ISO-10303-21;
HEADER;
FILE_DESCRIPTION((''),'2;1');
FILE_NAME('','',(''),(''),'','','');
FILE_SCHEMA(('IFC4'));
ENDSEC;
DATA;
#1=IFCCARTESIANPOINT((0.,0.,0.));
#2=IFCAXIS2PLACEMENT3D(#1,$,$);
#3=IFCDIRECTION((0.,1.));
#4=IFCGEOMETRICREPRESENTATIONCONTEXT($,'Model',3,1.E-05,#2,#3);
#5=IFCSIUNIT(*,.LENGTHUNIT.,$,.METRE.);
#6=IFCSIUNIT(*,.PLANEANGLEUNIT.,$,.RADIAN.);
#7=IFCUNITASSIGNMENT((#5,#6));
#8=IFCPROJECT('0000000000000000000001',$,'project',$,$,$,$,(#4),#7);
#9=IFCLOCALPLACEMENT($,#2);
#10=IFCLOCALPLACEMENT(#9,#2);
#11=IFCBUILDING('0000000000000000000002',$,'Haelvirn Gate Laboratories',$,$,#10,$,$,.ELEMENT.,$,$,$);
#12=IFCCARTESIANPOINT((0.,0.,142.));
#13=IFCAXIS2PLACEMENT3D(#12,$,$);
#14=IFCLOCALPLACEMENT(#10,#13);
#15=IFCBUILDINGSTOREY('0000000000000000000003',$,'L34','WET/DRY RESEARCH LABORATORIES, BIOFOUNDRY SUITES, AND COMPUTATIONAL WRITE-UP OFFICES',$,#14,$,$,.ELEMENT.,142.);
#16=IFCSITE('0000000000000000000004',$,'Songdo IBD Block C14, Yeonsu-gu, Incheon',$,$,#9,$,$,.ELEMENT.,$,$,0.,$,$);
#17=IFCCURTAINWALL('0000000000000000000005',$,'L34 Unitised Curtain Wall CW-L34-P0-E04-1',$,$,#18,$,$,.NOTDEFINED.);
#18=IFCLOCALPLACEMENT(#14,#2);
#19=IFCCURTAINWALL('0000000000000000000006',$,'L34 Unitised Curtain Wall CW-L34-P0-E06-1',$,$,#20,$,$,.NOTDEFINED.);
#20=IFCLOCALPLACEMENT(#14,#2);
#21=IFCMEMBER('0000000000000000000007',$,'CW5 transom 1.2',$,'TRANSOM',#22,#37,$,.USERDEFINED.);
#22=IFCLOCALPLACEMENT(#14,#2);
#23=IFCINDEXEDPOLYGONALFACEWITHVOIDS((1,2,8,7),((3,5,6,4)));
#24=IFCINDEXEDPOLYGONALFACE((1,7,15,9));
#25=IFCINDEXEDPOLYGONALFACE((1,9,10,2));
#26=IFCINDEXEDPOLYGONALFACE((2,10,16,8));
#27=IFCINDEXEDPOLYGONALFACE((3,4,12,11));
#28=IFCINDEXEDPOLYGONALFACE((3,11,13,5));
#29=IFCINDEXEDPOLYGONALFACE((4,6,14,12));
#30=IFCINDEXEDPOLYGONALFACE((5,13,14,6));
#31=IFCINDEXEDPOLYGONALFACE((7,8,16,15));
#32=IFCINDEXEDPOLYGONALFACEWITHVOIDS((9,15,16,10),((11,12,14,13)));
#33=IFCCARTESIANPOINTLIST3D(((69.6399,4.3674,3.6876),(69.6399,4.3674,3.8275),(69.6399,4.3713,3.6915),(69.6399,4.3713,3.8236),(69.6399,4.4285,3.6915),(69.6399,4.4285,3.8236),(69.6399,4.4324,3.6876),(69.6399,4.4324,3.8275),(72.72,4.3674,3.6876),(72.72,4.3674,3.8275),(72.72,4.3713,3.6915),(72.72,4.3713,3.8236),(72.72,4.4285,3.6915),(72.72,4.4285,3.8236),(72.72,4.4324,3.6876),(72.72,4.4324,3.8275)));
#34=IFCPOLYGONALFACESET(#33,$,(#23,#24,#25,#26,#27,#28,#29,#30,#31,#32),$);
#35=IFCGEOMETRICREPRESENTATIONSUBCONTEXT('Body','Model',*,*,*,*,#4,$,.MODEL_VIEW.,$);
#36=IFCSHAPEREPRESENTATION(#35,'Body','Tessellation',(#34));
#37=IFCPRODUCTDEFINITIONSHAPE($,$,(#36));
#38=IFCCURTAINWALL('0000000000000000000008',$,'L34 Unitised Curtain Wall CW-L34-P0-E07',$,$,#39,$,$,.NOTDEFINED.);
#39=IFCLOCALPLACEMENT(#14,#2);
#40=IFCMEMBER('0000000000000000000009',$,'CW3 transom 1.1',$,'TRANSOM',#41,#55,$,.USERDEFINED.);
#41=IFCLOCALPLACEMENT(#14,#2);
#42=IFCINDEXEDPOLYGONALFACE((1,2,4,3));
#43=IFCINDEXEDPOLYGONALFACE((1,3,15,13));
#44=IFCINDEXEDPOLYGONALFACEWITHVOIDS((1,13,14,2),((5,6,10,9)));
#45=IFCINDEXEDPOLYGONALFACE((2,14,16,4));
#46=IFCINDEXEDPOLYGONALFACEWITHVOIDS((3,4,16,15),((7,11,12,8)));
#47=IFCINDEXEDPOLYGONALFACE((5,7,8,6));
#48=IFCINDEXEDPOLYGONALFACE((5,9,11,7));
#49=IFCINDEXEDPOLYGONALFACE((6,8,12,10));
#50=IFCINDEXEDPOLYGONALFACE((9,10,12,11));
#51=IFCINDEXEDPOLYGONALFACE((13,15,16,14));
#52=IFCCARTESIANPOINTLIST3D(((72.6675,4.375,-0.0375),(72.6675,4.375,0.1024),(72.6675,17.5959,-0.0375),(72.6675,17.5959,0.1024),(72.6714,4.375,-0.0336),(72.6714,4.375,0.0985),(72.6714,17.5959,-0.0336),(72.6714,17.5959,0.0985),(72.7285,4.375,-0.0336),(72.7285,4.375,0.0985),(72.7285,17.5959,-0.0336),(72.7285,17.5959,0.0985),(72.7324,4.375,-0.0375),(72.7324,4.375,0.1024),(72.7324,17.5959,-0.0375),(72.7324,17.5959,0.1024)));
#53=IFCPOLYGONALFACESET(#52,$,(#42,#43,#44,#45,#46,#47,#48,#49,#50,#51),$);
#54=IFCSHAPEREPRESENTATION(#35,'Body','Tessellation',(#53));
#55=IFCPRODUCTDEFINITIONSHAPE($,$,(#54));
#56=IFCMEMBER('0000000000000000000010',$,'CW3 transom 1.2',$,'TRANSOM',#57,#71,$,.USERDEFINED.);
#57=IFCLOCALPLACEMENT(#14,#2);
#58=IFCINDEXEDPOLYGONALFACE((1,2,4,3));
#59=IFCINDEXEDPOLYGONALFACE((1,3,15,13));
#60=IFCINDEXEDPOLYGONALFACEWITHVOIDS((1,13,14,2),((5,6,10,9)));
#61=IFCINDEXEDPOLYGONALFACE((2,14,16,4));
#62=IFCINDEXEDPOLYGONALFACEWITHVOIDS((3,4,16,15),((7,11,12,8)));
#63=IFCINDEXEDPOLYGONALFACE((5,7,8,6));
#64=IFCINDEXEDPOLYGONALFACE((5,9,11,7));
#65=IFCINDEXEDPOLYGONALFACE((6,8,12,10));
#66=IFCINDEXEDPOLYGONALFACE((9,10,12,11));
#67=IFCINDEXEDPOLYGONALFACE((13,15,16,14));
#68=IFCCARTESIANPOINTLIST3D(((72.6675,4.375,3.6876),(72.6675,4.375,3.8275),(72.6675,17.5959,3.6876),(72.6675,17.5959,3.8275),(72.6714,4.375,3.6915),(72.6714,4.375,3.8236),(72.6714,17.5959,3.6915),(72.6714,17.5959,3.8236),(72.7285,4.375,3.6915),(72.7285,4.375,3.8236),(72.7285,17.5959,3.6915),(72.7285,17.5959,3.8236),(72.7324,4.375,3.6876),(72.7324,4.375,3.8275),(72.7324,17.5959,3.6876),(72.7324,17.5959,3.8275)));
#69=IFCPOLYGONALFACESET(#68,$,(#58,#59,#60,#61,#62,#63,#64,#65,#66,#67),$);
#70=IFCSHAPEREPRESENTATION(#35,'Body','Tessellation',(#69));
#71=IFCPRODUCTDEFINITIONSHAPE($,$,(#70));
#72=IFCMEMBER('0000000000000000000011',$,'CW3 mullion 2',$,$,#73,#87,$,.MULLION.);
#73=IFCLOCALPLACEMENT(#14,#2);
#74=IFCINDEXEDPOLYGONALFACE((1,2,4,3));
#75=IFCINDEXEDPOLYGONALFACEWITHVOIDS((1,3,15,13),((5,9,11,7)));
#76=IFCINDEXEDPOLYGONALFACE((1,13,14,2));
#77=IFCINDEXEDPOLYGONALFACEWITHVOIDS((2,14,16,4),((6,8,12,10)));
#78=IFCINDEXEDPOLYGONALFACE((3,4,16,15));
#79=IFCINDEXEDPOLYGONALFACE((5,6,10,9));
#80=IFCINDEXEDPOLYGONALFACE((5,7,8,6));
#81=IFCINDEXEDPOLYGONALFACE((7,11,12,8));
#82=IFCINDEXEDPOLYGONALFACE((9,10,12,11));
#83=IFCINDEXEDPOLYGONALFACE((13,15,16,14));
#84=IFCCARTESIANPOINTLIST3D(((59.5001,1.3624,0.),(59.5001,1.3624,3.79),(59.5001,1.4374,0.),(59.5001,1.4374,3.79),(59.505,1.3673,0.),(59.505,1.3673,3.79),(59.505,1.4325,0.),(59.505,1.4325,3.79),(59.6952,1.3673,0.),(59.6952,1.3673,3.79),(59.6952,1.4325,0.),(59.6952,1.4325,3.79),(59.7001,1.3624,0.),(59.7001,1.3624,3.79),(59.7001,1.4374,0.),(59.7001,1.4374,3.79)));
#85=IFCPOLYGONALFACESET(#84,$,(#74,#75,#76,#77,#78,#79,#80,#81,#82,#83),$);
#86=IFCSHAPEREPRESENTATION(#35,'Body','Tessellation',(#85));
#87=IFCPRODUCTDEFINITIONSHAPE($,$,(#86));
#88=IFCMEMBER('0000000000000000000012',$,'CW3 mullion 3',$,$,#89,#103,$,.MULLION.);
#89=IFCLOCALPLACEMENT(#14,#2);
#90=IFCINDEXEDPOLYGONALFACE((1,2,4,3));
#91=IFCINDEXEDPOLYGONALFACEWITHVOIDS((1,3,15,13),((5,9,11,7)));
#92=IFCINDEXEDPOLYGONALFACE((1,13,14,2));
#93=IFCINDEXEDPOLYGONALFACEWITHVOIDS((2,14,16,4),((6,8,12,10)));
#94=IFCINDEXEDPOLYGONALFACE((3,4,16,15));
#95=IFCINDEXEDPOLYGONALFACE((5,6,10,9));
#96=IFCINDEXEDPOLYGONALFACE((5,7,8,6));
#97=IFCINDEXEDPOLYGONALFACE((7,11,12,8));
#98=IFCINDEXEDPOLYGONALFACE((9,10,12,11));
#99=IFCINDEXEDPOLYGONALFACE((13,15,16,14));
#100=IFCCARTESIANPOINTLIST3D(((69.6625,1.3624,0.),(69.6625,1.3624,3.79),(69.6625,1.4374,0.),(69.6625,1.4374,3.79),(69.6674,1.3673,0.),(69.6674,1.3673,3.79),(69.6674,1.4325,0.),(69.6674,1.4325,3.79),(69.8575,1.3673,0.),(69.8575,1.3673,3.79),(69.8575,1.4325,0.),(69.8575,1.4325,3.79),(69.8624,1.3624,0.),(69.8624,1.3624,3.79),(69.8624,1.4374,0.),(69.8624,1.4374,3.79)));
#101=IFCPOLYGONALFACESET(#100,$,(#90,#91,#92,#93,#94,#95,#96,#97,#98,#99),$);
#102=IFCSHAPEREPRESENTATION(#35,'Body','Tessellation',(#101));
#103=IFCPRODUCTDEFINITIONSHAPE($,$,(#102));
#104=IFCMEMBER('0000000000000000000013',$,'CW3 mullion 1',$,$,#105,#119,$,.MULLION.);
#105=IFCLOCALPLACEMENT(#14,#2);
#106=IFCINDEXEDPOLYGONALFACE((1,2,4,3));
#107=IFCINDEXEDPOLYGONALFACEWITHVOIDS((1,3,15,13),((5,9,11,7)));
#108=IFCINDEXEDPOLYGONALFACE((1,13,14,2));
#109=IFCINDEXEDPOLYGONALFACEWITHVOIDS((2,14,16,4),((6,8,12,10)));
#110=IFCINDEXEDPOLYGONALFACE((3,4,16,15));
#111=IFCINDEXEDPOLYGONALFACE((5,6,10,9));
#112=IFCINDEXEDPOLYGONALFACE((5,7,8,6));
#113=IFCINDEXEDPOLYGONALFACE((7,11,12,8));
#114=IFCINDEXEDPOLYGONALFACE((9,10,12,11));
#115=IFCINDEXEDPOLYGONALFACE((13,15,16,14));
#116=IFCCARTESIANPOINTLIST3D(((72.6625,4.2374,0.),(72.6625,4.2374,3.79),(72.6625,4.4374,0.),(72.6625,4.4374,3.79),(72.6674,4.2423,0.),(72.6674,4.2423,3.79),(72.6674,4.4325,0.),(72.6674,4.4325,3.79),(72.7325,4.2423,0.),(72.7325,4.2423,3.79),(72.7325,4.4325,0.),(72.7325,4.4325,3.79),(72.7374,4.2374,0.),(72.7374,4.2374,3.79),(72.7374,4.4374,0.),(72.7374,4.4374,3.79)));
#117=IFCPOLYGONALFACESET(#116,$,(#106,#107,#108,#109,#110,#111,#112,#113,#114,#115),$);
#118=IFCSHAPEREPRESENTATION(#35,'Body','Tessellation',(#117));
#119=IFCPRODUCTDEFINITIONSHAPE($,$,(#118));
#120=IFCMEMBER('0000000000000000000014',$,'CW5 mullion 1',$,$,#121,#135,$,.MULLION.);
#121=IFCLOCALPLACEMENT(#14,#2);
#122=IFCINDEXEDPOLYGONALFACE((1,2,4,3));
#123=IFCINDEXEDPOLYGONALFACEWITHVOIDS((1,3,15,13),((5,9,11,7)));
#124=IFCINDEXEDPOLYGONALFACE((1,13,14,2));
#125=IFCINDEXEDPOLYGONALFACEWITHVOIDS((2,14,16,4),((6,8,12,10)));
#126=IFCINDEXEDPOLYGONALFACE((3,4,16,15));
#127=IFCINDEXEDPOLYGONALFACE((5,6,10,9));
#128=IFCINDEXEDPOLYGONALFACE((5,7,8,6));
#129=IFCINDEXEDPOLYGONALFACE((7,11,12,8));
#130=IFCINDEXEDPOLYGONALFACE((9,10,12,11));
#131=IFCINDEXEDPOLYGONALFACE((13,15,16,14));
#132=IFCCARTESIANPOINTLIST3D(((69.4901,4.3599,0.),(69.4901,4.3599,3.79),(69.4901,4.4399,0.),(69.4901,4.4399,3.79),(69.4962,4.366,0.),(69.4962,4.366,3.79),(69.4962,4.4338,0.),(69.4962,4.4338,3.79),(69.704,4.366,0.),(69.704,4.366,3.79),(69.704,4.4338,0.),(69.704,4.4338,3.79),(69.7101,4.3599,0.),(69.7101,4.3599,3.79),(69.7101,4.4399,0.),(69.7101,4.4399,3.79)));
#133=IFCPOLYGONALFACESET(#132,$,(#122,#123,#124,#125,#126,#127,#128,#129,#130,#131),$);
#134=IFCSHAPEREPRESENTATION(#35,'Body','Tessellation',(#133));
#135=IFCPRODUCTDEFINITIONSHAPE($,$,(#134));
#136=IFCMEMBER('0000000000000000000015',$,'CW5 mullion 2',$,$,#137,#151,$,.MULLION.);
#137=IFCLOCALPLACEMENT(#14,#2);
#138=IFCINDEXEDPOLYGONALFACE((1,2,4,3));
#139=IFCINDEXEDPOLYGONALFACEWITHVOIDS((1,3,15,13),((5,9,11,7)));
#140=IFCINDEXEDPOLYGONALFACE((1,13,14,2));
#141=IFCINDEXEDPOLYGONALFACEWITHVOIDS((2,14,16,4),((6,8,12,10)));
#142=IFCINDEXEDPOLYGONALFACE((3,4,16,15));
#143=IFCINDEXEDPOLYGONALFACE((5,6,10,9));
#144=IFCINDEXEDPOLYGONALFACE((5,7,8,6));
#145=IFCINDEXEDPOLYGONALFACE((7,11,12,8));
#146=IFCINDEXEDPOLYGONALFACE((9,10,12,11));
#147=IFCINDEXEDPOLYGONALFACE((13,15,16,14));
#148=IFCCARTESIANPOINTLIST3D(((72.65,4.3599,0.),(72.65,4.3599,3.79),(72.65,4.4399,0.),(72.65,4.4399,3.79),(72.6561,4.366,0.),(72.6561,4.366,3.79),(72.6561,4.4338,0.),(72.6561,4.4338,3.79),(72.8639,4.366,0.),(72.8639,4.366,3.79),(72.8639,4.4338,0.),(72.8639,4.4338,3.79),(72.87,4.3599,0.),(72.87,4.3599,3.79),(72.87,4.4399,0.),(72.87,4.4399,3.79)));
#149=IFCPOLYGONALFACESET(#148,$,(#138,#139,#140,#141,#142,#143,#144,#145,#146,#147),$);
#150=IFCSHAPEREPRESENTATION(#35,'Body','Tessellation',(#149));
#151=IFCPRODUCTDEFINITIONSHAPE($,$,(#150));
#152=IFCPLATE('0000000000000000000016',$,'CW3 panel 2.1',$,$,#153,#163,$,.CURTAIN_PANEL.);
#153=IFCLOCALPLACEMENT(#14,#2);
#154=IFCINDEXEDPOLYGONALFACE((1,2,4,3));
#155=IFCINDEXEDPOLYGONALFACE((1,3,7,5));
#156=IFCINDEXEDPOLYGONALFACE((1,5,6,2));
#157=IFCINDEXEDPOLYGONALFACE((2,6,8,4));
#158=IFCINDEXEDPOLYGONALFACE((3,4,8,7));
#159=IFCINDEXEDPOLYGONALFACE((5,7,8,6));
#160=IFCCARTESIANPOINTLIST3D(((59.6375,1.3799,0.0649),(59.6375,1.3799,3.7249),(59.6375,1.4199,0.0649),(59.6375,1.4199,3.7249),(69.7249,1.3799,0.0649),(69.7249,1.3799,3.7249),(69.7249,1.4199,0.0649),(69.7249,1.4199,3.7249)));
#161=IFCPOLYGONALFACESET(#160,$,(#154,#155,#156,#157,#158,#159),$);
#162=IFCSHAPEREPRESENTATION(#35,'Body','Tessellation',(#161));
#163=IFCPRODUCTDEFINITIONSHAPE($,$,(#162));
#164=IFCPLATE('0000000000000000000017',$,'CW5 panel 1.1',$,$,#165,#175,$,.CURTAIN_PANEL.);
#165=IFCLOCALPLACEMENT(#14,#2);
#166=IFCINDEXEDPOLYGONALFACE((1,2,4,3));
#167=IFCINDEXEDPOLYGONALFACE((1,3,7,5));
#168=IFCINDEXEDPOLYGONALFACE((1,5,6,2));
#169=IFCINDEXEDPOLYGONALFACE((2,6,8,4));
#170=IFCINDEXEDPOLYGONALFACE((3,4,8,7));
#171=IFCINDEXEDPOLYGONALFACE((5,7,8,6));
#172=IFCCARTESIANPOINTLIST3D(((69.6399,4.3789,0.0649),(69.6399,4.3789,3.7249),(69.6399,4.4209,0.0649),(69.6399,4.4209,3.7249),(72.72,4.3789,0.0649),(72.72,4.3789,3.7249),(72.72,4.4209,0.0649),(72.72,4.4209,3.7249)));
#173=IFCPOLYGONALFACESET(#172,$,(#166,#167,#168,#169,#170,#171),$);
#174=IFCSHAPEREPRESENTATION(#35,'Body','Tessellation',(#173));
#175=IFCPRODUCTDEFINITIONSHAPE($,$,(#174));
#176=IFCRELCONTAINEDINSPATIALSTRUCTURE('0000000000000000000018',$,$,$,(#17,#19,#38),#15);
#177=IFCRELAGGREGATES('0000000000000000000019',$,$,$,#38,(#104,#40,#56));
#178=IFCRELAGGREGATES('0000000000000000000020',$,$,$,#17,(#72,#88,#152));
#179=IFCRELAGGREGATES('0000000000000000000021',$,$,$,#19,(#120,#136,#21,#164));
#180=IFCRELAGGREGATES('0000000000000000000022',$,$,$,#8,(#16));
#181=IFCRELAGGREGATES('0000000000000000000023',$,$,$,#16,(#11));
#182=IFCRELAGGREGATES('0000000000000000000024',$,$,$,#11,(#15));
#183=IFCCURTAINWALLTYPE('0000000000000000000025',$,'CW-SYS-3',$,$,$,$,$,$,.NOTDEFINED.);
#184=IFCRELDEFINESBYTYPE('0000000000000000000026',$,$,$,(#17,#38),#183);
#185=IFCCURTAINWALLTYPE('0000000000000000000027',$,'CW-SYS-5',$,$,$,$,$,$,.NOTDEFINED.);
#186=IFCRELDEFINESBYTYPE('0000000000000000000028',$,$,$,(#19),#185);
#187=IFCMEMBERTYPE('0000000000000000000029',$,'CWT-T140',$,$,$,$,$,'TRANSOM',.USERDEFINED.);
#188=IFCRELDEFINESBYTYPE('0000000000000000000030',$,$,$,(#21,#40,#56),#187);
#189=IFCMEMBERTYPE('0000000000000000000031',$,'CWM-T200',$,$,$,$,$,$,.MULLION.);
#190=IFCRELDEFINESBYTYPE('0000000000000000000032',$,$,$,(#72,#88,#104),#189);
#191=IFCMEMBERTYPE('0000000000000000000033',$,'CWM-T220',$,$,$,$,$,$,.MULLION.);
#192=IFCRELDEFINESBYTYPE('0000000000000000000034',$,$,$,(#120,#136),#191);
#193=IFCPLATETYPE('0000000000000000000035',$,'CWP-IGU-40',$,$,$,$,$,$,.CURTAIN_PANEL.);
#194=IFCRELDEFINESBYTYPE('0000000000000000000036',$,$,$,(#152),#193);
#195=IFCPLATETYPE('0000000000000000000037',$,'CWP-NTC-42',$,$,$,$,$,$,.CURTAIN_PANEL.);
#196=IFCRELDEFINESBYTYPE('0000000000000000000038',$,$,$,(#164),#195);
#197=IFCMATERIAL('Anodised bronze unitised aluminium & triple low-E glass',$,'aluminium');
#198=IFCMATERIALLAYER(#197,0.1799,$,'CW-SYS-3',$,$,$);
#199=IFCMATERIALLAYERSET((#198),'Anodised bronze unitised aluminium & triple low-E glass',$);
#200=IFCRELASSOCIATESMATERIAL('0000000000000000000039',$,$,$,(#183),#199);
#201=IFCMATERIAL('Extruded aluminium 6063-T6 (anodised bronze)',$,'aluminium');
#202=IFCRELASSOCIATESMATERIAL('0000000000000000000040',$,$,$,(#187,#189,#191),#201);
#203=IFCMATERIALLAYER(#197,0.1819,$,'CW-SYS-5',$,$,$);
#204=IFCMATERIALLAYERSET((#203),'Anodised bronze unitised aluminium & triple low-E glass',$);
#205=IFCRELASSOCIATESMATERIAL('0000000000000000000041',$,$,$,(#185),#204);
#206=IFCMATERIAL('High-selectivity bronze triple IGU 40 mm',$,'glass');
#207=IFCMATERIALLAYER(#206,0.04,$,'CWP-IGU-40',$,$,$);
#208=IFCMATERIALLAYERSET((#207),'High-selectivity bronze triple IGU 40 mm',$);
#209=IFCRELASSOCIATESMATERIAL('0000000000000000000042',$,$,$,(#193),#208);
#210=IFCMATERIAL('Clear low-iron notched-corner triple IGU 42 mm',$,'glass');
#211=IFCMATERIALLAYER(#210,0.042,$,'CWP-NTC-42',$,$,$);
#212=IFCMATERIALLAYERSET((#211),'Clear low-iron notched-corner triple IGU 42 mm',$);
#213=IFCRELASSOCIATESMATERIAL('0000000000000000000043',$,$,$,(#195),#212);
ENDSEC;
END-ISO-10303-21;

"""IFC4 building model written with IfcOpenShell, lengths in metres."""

from ifc_helpers import new_model, si_unit, direction, frame, origin, origin_2d, place, context, subcontext, project, spatial, rectangle, hollow_rectangle, extrude, source, transform, mapped, material, layer, layer_set, material_profile, profile_set, type_object, type_shapes, element, aggregate, save


model = new_model("IFC4")

# Units and contexts
model_context = context("Model", 3, precision=1e-05, world=origin(), true_north=direction((0.0, 1.0)))
body_context = subcontext(model_context, "Body", "Model", "MODEL_VIEW")
ifc_project = project(units=[si_unit("LENGTHUNIT", "METRE"), si_unit("PLANEANGLEUNIT", "RADIAN")], contexts=[model_context])

# Site, building, storey
site_placement = place(None, origin())
site = spatial("IfcSite", under=ifc_project, at=site_placement, Name="Songdo IBD Block C14, Yeonsu-gu, Incheon", CompositionType="ELEMENT", RefElevation=0.0)
building_placement = place(site_placement, origin())
building = spatial("IfcBuilding", under=site, at=building_placement, Name="Haelvirn Gate Laboratories", CompositionType="ELEMENT")
storey_placement = place(building_placement, frame((0.0, 0.0, 142.0)))
storey = spatial("IfcBuildingStorey", under=building, at=storey_placement, Name="L34", Description="WET/DRY RESEARCH LABORATORIES, BIOFOUNDRY SUITES, AND COMPUTATIONAL WRITE-UP OFFICES", CompositionType="ELEMENT", Elevation=142.0)

# Curtain walls, members
ifc_material_1 = material(Name="Anodised bronze unitised aluminium & triple low-E glass", Category="aluminium")
ifc_layer_1 = layer(ifc_material_1, 0.1799, Name="CW-SYS-3")
ifc_layer_set_1 = layer_set([ifc_layer_1], Name="Anodised bronze unitised aluminium & triple low-E glass")
curtain_wall_type_1 = type_object("IfcCurtainWallType", Name="CW-SYS-3", PredefinedType="NOTDEFINED", material=ifc_layer_set_1)
curtain_wall_1_placement = place(storey_placement, origin())
curtain_wall_1 = element("IfcCurtainWall", 1, at=curtain_wall_1_placement, inside=storey, type_object=curtain_wall_type_1, Name="L34 Unitised Curtain Wall CW-L34-P0-E04-1", PredefinedType="NOTDEFINED")
ifc_material_2 = material(Name="Extruded aluminium 6063-T6 (anodised bronze)", Category="aluminium")
ifc_material_profile_1 = material_profile(ifc_material_2, hollow_rectangle(XDim=0.0649, YDim=0.1399, WallThickness=0.0039, at=origin_2d()), Name="CWT-140x65x4")
ifc_profile_set_1 = profile_set([ifc_material_profile_1], Name="Extruded aluminium 6063-T6 (anodised bronze)")
member_type_1 = type_object("IfcMemberType", Name="CWT-T140", ElementType="TRANSOM", PredefinedType="USERDEFINED", material=ifc_profile_set_1)
ifc_layer_2 = layer(ifc_material_1, 0.1819, Name="CW-SYS-5")
ifc_layer_set_2 = layer_set([ifc_layer_2], Name="Anodised bronze unitised aluminium & triple low-E glass")
curtain_wall_type_2 = type_object("IfcCurtainWallType", Name="CW-SYS-5", PredefinedType="NOTDEFINED", material=ifc_layer_set_2)
curtain_wall_2_placement = place(storey_placement, origin())
curtain_wall_2 = element("IfcCurtainWall", 2, at=curtain_wall_2_placement, inside=storey, type_object=curtain_wall_type_2, Name="L34 Unitised Curtain Wall CW-L34-P0-E06-1", PredefinedType="NOTDEFINED")
shared_shape_1 = source(origin(), body_context, "Body", "SweptSolid", [
    extrude(hollow_rectangle(XDim=0.0649, YDim=0.1399, WallThickness=0.0039, at=origin_2d()), origin(), (0.0, 0.0, 1.0), 3.0801),
])
member_1_placement = place(storey_placement, frame((69.6399, 4.3999, 3.7576), z_axis=(1.0, 0.0, 0.0), x_axis=(0.0, 1.0, 0.0)))
member_1 = element("IfcMember", 3, at=member_1_placement, type_object=member_type_1, Name="CW5 transom 1.2", ObjectType="TRANSOM", PredefinedType="USERDEFINED", context=body_context, shape_type="MappedRepresentation", body=[
    mapped(shared_shape_1, transform((0.0, 0.0, 0.0), scale=1.0)),
])
curtain_wall_3_placement = place(storey_placement, origin())
curtain_wall_3 = element("IfcCurtainWall", 4, at=curtain_wall_3_placement, inside=storey, type_object=curtain_wall_type_1, Name="L34 Unitised Curtain Wall CW-L34-P0-E07", PredefinedType="NOTDEFINED")
shared_shape_2 = source(origin(), body_context, "Body", "SweptSolid", [
    extrude(hollow_rectangle(XDim=0.0649, YDim=0.1399, WallThickness=0.0039, at=origin_2d()), origin(), (0.0, 0.0, 1.0), 13.2209),
])
member_2_placement = place(storey_placement, frame((72.7, 4.375, 0.0325), z_axis=(0.0, 1.0, 0.0), x_axis=(-1.0, 0.0, 0.0)))
member_2 = element("IfcMember", 5, at=member_2_placement, type_object=member_type_1, Name="CW3 transom 1.1", ObjectType="TRANSOM", PredefinedType="USERDEFINED", context=body_context, shape_type="MappedRepresentation", body=[
    mapped(shared_shape_2, transform((0.0, 0.0, 0.0), scale=1.0)),
])
member_3_placement = place(storey_placement, frame((72.7, 4.375, 3.7576), z_axis=(0.0, 1.0, 0.0), x_axis=(-1.0, 0.0, 0.0)))
member_3 = element("IfcMember", 6, at=member_3_placement, type_object=member_type_1, Name="CW3 transom 1.2", ObjectType="TRANSOM", PredefinedType="USERDEFINED", context=body_context, shape_type="MappedRepresentation", body=[
    mapped(shared_shape_2, transform((0.0, 0.0, 0.0), scale=1.0)),
])

# Members
ifc_material_profile_2 = material_profile(ifc_material_2, hollow_rectangle(XDim=0.075, YDim=0.2, WallThickness=0.0049, at=origin_2d()), Name="CWM-200x75x5")
ifc_profile_set_2 = profile_set([ifc_material_profile_2], Name="Extruded aluminium 6063-T6 (anodised bronze)")
member_type_2 = type_object("IfcMemberType", Name="CWM-T200", PredefinedType="MULLION", material=ifc_profile_set_2)
shared_shape_3 = source(origin(), body_context, "Body", "SweptSolid", [
    extrude(hollow_rectangle(XDim=0.075, YDim=0.2, WallThickness=0.0049, at=origin_2d()), origin(), (0.0, 0.0, 1.0), 3.79),
])
type_shapes(member_type_2, [shared_shape_3])
member_4_placement = place(storey_placement, frame((59.6001, 1.3999, 0.0), z_axis=(0.0, 0.0, 1.0), x_axis=(0.0, 1.0, 0.0)))
member_4 = element("IfcMember", 7, at=member_4_placement, type_object=member_type_2, Name="CW3 mullion 2", PredefinedType="MULLION", context=body_context, shape_type="MappedRepresentation", body=[
    mapped(shared_shape_3, transform((0.0, 0.0, 0.0), scale=1.0)),
])
member_5_placement = place(storey_placement, frame((69.7625, 1.3999, 0.0), z_axis=(0.0, 0.0, 1.0), x_axis=(0.0, 1.0, 0.0)))
member_5 = element("IfcMember", 8, at=member_5_placement, type_object=member_type_2, Name="CW3 mullion 3", PredefinedType="MULLION", context=body_context, shape_type="MappedRepresentation", body=[
    mapped(shared_shape_3, transform((0.0, 0.0, 0.0), scale=1.0)),
])
member_6_placement = place(storey_placement, frame((72.7, 4.3374, 0.0), z_axis=(0.0, 0.0, 1.0), x_axis=(-1.0, 0.0, 0.0)))
member_6 = element("IfcMember", 9, at=member_6_placement, type_object=member_type_2, Name="CW3 mullion 1", PredefinedType="MULLION", context=body_context, shape_type="MappedRepresentation", body=[
    mapped(shared_shape_3, transform((0.0, 0.0, 0.0), scale=1.0)),
])
aggregate(curtain_wall_3, [member_6, member_2, member_3])
ifc_material_profile_3 = material_profile(ifc_material_2, hollow_rectangle(XDim=0.0801, YDim=0.22, WallThickness=0.0061, at=origin_2d()), Name="CWM-220x80x6")
ifc_profile_set_3 = profile_set([ifc_material_profile_3], Name="Extruded aluminium 6063-T6 (anodised bronze)")
member_type_3 = type_object("IfcMemberType", Name="CWM-T220", PredefinedType="MULLION", material=ifc_profile_set_3)
shared_shape_4 = source(origin(), body_context, "Body", "SweptSolid", [
    extrude(hollow_rectangle(XDim=0.0801, YDim=0.22, WallThickness=0.0061, at=origin_2d()), origin(), (0.0, 0.0, 1.0), 3.79),
])
type_shapes(member_type_3, [shared_shape_4])
member_7_placement = place(storey_placement, frame((69.6001, 4.3999, 0.0), z_axis=(0.0, 0.0, 1.0), x_axis=(0.0, 1.0, 0.0)))
member_7 = element("IfcMember", 10, at=member_7_placement, type_object=member_type_3, Name="CW5 mullion 1", PredefinedType="MULLION", context=body_context, shape_type="MappedRepresentation", body=[
    mapped(shared_shape_4, transform((0.0, 0.0, 0.0), scale=1.0)),
])
member_8_placement = place(storey_placement, frame((72.76, 4.3999, 0.0), z_axis=(0.0, 0.0, 1.0), x_axis=(0.0, 1.0, 0.0)))
member_8 = element("IfcMember", 11, at=member_8_placement, type_object=member_type_3, Name="CW5 mullion 2", PredefinedType="MULLION", context=body_context, shape_type="MappedRepresentation", body=[
    mapped(shared_shape_4, transform((0.0, 0.0, 0.0), scale=1.0)),
])

# Plates
ifc_material_3 = material(Name="High-selectivity bronze triple IGU 40 mm", Category="glass")
ifc_layer_3 = layer(ifc_material_3, 0.04, Name="CWP-IGU-40")
ifc_layer_set_3 = layer_set([ifc_layer_3], Name="High-selectivity bronze triple IGU 40 mm")
plate_type_1 = type_object("IfcPlateType", Name="CWP-IGU-40", PredefinedType="CURTAIN_PANEL", material=ifc_layer_set_3)
shared_shape_5 = source(origin(), body_context, "Body", "SweptSolid", [
    extrude(rectangle(XDim=10.0874, YDim=0.04, at=origin_2d()), origin(), (0.0, 0.0, 1.0), 3.6599),
])
type_shapes(plate_type_1, [shared_shape_5])
plate_1_placement = place(storey_placement, frame((64.6812, 1.3999, 0.0649), z_axis=(0.0, 0.0, 1.0), x_axis=(1.0, 0.0, 0.0)))
plate_1 = element("IfcPlate", 12, at=plate_1_placement, type_object=plate_type_1, Name="CW3 panel 2.1", PredefinedType="CURTAIN_PANEL", context=body_context, shape_type="MappedRepresentation", body=[
    mapped(shared_shape_5, transform((0.0, 0.0, 0.0), scale=1.0)),
])
aggregate(curtain_wall_1, [member_4, member_5, plate_1])
ifc_material_4 = material(Name="Clear low-iron notched-corner triple IGU 42 mm", Category="glass")
ifc_layer_4 = layer(ifc_material_4, 0.042, Name="CWP-NTC-42")
ifc_layer_set_4 = layer_set([ifc_layer_4], Name="Clear low-iron notched-corner triple IGU 42 mm")
plate_type_2 = type_object("IfcPlateType", Name="CWP-NTC-42", PredefinedType="CURTAIN_PANEL", material=ifc_layer_set_4)
shared_shape_6 = source(origin(), body_context, "Body", "SweptSolid", [
    extrude(rectangle(XDim=3.0801, YDim=0.042, at=origin_2d()), origin(), (0.0, 0.0, 1.0), 3.6599),
])
type_shapes(plate_type_2, [shared_shape_6])
plate_2_placement = place(storey_placement, frame((71.1799, 4.3999, 0.0649), z_axis=(0.0, 0.0, 1.0), x_axis=(1.0, 0.0, 0.0)))
plate_2 = element("IfcPlate", 13, at=plate_2_placement, type_object=plate_type_2, Name="CW5 panel 1.1", PredefinedType="CURTAIN_PANEL", context=body_context, shape_type="MappedRepresentation", body=[
    mapped(shared_shape_6, transform((0.0, 0.0, 0.0), scale=1.0)),
])
aggregate(curtain_wall_2, [member_7, member_8, member_1, plate_2])

save(model, "model.ifc")
